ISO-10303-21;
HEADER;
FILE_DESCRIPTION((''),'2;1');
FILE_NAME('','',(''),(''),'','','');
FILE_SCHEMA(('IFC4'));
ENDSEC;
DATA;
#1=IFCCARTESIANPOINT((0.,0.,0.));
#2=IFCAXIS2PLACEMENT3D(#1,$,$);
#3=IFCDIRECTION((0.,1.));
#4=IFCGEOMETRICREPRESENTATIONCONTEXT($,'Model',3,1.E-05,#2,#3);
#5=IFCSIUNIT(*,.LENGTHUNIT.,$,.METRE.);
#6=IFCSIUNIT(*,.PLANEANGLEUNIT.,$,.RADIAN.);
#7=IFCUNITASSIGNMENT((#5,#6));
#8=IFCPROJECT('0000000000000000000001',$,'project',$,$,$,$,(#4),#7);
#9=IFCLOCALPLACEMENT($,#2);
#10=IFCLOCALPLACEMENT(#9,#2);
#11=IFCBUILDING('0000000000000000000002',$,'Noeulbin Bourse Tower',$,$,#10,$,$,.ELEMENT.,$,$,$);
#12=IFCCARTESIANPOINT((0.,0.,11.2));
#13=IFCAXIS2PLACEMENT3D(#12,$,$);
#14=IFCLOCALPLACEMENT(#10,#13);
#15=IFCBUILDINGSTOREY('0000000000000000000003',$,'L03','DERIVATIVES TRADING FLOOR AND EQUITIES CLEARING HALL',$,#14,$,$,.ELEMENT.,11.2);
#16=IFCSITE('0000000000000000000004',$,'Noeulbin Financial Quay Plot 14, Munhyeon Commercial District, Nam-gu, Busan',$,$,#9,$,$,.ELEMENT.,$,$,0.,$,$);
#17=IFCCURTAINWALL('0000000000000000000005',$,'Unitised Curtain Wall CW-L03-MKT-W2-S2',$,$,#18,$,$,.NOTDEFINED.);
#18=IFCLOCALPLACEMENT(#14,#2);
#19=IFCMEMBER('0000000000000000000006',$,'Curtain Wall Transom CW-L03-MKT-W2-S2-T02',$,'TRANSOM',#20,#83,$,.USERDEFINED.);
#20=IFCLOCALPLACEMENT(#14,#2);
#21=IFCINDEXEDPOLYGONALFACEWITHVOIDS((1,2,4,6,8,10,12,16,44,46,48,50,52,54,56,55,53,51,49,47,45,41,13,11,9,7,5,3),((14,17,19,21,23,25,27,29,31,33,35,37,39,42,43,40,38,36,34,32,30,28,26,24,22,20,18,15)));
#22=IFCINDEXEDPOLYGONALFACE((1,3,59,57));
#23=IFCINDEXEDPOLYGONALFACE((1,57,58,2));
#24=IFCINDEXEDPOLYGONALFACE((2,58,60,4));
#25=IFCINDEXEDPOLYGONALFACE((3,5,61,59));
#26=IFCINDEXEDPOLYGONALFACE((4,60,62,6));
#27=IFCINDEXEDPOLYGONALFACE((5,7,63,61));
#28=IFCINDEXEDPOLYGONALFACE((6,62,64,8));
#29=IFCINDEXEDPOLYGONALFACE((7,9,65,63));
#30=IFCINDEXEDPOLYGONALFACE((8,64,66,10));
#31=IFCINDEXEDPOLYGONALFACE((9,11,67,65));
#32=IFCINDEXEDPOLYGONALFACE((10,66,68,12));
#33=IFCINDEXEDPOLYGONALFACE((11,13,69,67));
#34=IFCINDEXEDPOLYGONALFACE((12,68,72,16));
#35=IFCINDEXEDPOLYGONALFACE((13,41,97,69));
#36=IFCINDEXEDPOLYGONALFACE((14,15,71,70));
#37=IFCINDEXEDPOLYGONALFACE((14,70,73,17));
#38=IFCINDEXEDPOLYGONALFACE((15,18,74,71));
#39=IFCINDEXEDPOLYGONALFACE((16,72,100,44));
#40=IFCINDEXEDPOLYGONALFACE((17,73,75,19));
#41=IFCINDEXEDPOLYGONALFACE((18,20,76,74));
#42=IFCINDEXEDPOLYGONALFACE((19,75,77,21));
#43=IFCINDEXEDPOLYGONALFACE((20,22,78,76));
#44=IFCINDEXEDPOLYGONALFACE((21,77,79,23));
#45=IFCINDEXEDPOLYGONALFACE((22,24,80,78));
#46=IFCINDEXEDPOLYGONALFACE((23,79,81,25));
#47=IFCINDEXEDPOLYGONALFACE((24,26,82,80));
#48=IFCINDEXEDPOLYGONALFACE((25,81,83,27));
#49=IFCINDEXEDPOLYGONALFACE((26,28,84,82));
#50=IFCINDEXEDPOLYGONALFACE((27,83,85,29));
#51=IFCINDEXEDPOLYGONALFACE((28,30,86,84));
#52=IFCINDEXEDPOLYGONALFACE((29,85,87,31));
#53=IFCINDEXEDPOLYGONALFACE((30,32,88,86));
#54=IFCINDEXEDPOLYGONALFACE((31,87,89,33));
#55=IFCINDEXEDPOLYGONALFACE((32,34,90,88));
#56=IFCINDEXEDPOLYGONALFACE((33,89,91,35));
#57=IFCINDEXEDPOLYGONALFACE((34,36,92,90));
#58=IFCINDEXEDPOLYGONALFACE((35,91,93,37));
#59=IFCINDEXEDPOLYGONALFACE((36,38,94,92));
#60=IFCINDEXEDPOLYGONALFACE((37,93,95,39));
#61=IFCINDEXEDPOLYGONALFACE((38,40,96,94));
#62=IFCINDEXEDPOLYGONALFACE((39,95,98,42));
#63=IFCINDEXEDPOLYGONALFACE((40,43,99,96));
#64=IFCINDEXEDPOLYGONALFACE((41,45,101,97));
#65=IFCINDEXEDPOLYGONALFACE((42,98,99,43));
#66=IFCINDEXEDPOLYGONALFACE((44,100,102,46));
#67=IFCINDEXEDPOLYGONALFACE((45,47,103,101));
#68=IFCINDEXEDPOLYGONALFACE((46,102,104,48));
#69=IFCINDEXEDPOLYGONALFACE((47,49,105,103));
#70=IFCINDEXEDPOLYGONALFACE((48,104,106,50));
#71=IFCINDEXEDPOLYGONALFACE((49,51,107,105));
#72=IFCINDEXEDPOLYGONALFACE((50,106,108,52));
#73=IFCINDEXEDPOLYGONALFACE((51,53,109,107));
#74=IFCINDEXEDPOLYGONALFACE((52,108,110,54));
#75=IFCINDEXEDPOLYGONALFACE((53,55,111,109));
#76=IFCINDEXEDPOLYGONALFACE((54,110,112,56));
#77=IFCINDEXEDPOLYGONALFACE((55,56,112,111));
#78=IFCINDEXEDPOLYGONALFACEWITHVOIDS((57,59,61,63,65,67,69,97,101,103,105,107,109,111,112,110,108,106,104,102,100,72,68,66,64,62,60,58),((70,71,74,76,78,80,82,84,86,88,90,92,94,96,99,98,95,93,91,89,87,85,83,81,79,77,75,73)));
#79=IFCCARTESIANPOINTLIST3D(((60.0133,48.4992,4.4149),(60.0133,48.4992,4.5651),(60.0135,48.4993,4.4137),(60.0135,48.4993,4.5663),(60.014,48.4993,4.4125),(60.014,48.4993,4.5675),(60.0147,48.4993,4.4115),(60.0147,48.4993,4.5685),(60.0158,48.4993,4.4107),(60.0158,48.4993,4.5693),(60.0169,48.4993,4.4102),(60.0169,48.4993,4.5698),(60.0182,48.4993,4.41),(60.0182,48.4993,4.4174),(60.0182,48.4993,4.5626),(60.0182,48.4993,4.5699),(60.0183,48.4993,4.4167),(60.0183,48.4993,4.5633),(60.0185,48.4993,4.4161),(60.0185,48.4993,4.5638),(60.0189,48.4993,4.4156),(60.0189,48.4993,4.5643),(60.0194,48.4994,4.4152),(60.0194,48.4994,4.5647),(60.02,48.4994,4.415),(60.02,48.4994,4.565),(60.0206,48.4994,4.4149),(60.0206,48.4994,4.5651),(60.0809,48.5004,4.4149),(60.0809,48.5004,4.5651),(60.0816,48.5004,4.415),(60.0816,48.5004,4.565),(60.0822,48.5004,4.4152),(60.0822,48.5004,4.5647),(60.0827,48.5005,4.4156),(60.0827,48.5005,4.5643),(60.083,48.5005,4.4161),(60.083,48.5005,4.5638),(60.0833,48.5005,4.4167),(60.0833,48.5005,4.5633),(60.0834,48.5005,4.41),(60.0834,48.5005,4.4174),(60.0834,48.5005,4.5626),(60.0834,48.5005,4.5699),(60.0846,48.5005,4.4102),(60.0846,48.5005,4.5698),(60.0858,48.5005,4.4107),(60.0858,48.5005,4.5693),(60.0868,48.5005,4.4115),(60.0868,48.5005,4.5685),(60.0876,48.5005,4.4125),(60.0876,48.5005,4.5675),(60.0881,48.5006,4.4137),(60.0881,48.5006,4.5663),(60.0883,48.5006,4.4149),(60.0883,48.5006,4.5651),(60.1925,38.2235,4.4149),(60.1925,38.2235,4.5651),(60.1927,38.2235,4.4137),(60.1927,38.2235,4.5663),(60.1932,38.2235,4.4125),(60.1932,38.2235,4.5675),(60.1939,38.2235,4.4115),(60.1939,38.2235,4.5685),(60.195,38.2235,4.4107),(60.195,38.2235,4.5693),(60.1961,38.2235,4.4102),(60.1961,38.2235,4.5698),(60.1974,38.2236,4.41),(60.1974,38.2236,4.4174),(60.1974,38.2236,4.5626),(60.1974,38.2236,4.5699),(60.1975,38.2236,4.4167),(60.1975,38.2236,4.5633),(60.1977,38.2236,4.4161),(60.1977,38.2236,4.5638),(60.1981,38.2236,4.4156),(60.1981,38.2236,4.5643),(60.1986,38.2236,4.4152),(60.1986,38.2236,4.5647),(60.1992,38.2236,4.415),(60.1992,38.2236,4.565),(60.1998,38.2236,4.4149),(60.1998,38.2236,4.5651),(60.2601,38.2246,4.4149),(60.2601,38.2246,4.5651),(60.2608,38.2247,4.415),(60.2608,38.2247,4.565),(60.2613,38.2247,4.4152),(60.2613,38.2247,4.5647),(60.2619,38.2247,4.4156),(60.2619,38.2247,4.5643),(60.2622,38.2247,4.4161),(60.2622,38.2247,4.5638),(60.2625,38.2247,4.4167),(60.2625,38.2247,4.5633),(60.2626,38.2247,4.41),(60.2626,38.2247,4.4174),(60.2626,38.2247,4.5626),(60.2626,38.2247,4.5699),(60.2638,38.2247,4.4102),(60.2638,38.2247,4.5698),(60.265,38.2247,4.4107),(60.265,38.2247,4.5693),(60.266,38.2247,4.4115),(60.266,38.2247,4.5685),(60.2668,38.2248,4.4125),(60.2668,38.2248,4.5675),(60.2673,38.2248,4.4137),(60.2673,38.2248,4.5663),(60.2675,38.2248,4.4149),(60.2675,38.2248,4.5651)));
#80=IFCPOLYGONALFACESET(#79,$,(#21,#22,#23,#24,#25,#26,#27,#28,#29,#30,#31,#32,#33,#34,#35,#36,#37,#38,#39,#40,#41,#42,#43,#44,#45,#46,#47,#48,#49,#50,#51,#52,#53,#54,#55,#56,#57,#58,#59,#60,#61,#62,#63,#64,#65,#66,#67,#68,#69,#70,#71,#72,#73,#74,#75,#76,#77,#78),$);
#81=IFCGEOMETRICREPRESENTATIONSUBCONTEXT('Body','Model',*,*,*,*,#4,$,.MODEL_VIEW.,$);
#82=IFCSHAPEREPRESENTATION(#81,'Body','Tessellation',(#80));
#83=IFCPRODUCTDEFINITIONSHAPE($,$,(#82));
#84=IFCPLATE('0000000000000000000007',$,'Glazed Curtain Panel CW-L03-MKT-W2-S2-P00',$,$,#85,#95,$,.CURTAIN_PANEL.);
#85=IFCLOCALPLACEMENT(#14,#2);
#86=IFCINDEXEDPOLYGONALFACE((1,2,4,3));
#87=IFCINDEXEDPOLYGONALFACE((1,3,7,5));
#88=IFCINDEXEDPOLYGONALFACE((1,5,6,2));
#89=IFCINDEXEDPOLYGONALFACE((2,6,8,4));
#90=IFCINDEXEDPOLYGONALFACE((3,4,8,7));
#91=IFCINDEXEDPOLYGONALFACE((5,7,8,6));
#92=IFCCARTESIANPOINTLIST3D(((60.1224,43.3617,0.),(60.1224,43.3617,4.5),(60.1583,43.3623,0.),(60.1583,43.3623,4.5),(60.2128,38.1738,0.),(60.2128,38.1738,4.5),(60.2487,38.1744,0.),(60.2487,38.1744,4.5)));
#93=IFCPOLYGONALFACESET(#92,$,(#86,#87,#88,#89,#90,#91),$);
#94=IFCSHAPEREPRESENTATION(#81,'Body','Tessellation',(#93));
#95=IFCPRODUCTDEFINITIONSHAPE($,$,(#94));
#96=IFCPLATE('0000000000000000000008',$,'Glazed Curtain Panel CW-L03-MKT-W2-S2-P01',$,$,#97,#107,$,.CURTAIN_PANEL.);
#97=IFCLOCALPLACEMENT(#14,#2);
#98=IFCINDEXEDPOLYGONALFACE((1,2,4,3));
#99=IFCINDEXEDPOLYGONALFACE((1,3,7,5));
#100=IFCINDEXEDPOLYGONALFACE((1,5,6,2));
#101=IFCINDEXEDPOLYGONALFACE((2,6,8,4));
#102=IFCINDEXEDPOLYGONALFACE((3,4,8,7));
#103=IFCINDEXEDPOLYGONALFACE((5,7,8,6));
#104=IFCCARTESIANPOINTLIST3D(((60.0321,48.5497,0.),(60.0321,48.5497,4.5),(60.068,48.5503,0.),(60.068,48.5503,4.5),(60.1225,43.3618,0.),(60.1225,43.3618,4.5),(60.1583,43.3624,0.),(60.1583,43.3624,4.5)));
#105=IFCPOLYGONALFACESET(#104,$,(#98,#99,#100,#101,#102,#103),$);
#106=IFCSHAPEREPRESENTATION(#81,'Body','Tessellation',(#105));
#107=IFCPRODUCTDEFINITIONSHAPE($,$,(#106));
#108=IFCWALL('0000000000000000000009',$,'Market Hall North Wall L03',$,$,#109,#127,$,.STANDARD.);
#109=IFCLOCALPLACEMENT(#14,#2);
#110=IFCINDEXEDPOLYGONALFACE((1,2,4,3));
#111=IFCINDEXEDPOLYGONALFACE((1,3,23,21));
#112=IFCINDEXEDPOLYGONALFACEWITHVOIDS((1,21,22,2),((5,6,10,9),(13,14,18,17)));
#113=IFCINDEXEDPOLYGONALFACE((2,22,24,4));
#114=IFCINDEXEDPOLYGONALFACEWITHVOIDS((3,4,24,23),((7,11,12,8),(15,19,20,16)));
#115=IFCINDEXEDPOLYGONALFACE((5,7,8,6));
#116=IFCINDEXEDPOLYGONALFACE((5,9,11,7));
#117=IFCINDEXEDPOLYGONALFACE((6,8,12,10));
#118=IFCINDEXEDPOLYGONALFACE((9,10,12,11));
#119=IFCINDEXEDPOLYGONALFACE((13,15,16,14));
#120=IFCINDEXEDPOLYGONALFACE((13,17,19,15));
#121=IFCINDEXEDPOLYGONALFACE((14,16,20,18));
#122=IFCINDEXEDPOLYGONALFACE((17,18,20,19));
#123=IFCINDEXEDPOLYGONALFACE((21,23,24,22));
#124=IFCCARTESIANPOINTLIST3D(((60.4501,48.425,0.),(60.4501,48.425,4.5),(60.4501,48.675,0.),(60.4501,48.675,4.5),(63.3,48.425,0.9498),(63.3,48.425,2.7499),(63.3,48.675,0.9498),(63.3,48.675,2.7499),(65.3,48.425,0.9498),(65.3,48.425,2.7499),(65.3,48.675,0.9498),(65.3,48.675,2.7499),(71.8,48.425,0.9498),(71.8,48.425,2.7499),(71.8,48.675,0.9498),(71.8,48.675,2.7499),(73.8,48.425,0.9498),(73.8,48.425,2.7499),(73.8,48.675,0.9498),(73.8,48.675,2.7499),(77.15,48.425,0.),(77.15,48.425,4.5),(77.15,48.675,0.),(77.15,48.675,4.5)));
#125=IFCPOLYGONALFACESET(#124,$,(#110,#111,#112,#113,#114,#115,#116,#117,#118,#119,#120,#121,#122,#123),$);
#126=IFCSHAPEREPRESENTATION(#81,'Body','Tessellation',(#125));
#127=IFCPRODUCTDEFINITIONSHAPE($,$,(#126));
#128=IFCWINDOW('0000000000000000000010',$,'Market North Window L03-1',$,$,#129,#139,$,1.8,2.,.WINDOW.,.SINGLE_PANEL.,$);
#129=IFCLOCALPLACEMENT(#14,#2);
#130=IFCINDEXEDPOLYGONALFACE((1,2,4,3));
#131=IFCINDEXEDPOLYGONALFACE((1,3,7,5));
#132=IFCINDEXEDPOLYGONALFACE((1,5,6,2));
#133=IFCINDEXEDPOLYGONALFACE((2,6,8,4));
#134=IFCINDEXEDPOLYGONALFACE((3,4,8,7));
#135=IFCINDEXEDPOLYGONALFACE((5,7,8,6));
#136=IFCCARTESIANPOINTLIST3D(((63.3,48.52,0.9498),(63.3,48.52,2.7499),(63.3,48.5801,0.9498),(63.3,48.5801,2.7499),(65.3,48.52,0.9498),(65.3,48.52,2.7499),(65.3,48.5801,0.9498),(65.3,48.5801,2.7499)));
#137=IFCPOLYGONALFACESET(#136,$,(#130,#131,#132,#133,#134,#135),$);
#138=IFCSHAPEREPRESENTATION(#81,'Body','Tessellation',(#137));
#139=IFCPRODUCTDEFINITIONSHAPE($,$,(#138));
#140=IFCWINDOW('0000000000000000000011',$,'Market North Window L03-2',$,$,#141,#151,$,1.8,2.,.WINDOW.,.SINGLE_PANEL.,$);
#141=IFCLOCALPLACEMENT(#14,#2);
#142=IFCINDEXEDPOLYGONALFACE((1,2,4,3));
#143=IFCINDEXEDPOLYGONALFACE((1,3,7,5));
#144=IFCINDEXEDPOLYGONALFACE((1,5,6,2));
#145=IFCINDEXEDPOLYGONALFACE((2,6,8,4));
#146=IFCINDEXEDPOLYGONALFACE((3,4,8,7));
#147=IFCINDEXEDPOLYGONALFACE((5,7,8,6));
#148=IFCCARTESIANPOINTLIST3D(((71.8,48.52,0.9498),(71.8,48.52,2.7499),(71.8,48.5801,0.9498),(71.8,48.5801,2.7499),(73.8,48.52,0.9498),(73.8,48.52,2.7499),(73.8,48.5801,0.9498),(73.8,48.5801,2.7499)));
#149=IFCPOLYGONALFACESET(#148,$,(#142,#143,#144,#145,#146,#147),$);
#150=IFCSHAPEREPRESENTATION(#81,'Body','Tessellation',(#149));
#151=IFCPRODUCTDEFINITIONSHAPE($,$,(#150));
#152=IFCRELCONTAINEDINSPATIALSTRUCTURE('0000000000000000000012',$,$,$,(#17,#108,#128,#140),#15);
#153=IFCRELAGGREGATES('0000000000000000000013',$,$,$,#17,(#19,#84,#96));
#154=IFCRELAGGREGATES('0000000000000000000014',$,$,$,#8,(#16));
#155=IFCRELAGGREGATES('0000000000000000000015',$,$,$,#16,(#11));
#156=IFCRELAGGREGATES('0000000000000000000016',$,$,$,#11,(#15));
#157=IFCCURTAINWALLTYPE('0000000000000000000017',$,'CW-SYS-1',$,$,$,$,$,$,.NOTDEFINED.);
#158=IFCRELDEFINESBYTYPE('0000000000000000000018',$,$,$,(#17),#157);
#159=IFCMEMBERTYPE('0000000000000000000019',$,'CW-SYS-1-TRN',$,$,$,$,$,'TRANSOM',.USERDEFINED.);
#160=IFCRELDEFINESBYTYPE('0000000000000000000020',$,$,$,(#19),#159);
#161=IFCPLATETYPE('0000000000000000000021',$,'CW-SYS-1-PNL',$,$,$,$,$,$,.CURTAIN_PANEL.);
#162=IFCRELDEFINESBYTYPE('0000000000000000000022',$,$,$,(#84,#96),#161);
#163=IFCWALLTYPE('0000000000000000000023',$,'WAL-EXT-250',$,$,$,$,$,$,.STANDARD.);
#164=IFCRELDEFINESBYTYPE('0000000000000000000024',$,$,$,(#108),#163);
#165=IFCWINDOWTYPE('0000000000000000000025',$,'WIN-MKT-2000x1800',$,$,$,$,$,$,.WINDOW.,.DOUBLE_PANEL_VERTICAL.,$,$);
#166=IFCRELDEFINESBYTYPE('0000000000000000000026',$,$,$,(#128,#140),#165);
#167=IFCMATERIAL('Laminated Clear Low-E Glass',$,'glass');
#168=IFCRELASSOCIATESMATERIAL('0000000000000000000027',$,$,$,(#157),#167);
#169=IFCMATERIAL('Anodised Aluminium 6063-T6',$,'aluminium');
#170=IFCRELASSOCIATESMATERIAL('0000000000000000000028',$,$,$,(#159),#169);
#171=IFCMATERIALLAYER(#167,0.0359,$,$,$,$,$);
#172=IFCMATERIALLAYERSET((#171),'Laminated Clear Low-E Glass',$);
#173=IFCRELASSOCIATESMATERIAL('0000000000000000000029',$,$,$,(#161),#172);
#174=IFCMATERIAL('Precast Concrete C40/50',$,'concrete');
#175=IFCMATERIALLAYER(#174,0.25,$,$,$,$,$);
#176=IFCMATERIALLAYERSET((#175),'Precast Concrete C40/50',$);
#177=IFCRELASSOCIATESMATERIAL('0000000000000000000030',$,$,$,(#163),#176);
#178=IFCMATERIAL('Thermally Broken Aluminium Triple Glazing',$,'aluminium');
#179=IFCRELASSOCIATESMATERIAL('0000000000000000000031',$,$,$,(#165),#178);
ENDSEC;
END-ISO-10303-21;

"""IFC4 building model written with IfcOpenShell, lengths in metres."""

from ifc_helpers import new_model, si_unit, direction, frame, frame_2d, origin, origin_2d, place, context, subcontext, project, spatial, rectangle, hollow_rectangle, extrude, material, layer, layer_set, material_profile, profile_set, type_object, element, fill, aggregate, save


model = new_model("IFC4")

# Units and contexts
model_context = context("Model", 3, precision=1e-05, world=origin(), true_north=direction((0.0, 1.0)))
body_context = subcontext(model_context, "Body", "Model", "MODEL_VIEW")
ifc_project = project(units=[si_unit("LENGTHUNIT", "METRE"), si_unit("PLANEANGLEUNIT", "RADIAN")], contexts=[model_context])

# Site, building, storey
site_placement = place(None, origin())
site = spatial("IfcSite", under=ifc_project, at=site_placement, Name="Noeulbin Financial Quay Plot 14, Munhyeon Commercial District, Nam-gu, Busan", CompositionType="ELEMENT", RefElevation=0.0)
building_placement = place(site_placement, origin())
building = spatial("IfcBuilding", under=site, at=building_placement, Name="Noeulbin Bourse Tower", CompositionType="ELEMENT")
storey_placement = place(building_placement, frame((0.0, 0.0, 11.2)))
storey = spatial("IfcBuildingStorey", under=building, at=storey_placement, Name="L03", Description="DERIVATIVES TRADING FLOOR AND EQUITIES CLEARING HALL", CompositionType="ELEMENT", Elevation=11.2)

# Shared definitions
ifc_material_1 = material(Name="Laminated Clear Low-E Glass", Category="glass")
curtain_wall_type = type_object("IfcCurtainWallType", Name="CW-SYS-1", PredefinedType="NOTDEFINED", material=ifc_material_1)
ifc_material_2 = material(Name="Anodised Aluminium 6063-T6", Category="aluminium")

# Curtain wall, member, plates
curtain_wall_1_placement = place(storey_placement, origin())
curtain_wall_1 = element("IfcCurtainWall", 1, at=curtain_wall_1_placement, inside=storey, type_object=curtain_wall_type, Name="Unitised Curtain Wall CW-L03-MKT-W2-S2", PredefinedType="NOTDEFINED")
ifc_material_profile_1 = material_profile(ifc_material_2, hollow_rectangle(XDim=0.075, YDim=0.1599, WallThickness=0.0049, InnerFilletRadius=0.0024, OuterFilletRadius=0.0049, at=origin_2d()), Name="ALU-TRAN-75x160x5", Category="LoadBearing")
ifc_profile_set_1 = profile_set([ifc_material_profile_1], Name="Anodised Aluminium 6063-T6")
member_type_1 = type_object("IfcMemberType", Name="CW-SYS-1-TRN", ElementType="TRANSOM", PredefinedType="USERDEFINED", material=ifc_profile_set_1)
member_1_placement = place(storey_placement, frame((60.23, 38.2241, 4.49), z_axis=(-0.017436, 0.999848, 0.0), x_axis=(-0.999848, -0.017436, 0.0)))
member_1 = element("IfcMember", 2, at=member_1_placement, type_object=member_type_1, Name="Curtain Wall Transom CW-L03-MKT-W2-S2-T02", ObjectType="TRANSOM", PredefinedType="USERDEFINED", context=body_context, shape_type="SweptSolid", body=[
    extrude(hollow_rectangle(XDim=0.075, YDim=0.1599, WallThickness=0.0049, InnerFilletRadius=0.0024, OuterFilletRadius=0.0049, at=origin_2d()), origin(), (0.0, 0.0, 1.0), 10.2773),
])
ifc_layer_1 = layer(ifc_material_1, 0.0359)
ifc_layer_set_1 = layer_set([ifc_layer_1], Name="Laminated Clear Low-E Glass")
plate_type = type_object("IfcPlateType", Name="CW-SYS-1-PNL", PredefinedType="CURTAIN_PANEL", material=ifc_layer_set_1)
plate_1_placement = place(storey_placement, frame((60.1855, 40.7681, 0.0), z_axis=(0.0, 0.0, 1.0), x_axis=(-0.017418, 0.999848, 0.0)))
plate_1 = element("IfcPlate", 3, at=plate_1_placement, type_object=plate_type, Name="Glazed Curtain Panel CW-L03-MKT-W2-S2-P00", PredefinedType="CURTAIN_PANEL", context=body_context, shape_type="SweptSolid", body=[
    extrude(rectangle(XDim=5.1887, YDim=0.0359, at=origin_2d()), origin(), (0.0, 0.0, 1.0), 4.5),
])
plate_2_placement = place(storey_placement, frame((60.0952, 45.9561, 0.0), z_axis=(0.0, 0.0, 1.0), x_axis=(-0.017418, 0.999848, 0.0)))
plate_2 = element("IfcPlate", 4, at=plate_2_placement, type_object=plate_type, Name="Glazed Curtain Panel CW-L03-MKT-W2-S2-P01", PredefinedType="CURTAIN_PANEL", context=body_context, shape_type="SweptSolid", body=[
    extrude(rectangle(XDim=5.1887, YDim=0.0359, at=origin_2d()), origin(), (0.0, 0.0, 1.0), 4.5),
])
aggregate(curtain_wall_1, [member_1, plate_1, plate_2])

# Wall, openings, windows
ifc_material_3 = material(Name="Precast Concrete C40/50", Category="concrete")
ifc_layer_2 = layer(ifc_material_3, 0.25)
ifc_layer_set_2 = layer_set([ifc_layer_2], Name="Precast Concrete C40/50")
wall_type = type_object("IfcWallType", Name="WAL-EXT-250", PredefinedType="STANDARD", material=ifc_layer_set_2)
wall_placement = place(storey_placement, frame((60.45, 48.55, 0.0), z_axis=(0.0, 0.0, 1.0), x_axis=(1.0, 0.0, 0.0)))
wall = element("IfcWall", 5, at=wall_placement, inside=storey, type_object=wall_type, Name="Market Hall North Wall L03", PredefinedType="STANDARD", context=body_context, shape_type="SweptSolid", body=[
    extrude(rectangle(XDim=16.7, YDim=0.25, at=frame_2d((8.3501, 0.0))), origin(), (0.0, 0.0, 1.0), 4.5),
])
opening_1_placement = place(wall_placement, frame((2.8501, 0.0, 0.95)))
opening_1 = element("IfcOpeningElement", 6, at=opening_1_placement, cuts=wall, PredefinedType="OPENING", context=body_context, shape_type="SweptSolid", body=[
    extrude(rectangle(XDim=2.0, YDim=1.8, at=frame_2d((1.0, 0.8999))), frame((0.0, 0.135, 0.0), z_axis=(0.0, -1.0, 0.0), x_axis=(1.0, 0.0, 0.0)), (0.0, 0.0, 1.0), 0.27),
])
opening_2_placement = place(wall_placement, frame((11.3501, 0.0, 0.95)))
opening_2 = element("IfcOpeningElement", 7, at=opening_2_placement, cuts=wall, PredefinedType="OPENING", context=body_context, shape_type="SweptSolid", body=[
    extrude(rectangle(XDim=2.0, YDim=1.8, at=frame_2d((1.0, 0.8999))), frame((0.0, 0.135, 0.0), z_axis=(0.0, -1.0, 0.0), x_axis=(1.0, 0.0, 0.0)), (0.0, 0.0, 1.0), 0.27),
])
ifc_material_4 = material(Name="Thermally Broken Aluminium Triple Glazing", Category="aluminium")
window_type = type_object("IfcWindowType", Name="WIN-MKT-2000x1800", PartitioningType="DOUBLE_PANEL_VERTICAL", PredefinedType="WINDOW", material=ifc_material_4)
window_1_placement = place(opening_1_placement, origin())
window_1 = element("IfcWindow", 8, at=window_1_placement, inside=storey, type_object=window_type, Name="Market North Window L03-1", OverallHeight=1.8, OverallWidth=2.0, PartitioningType="SINGLE_PANEL", PredefinedType="WINDOW", context=body_context, shape_type="SweptSolid", body=[
    extrude(rectangle(XDim=2.0, YDim=1.8, at=frame_2d((1.0, 0.8999))), frame((0.0, 0.03, 0.0), z_axis=(0.0, -1.0, 0.0), x_axis=(1.0, 0.0, 0.0)), (0.0, 0.0, 1.0), 0.0601),
])
fill(opening_1, window_1)
window_2_placement = place(opening_2_placement, origin())
window_2 = element("IfcWindow", 9, at=window_2_placement, inside=storey, type_object=window_type, Name="Market North Window L03-2", OverallHeight=1.8, OverallWidth=2.0, PartitioningType="SINGLE_PANEL", PredefinedType="WINDOW", context=body_context, shape_type="SweptSolid", body=[
    extrude(rectangle(XDim=2.0, YDim=1.8, at=frame_2d((1.0, 0.8999))), frame((0.0, 0.03, 0.0), z_axis=(0.0, -1.0, 0.0), x_axis=(1.0, 0.0, 0.0)), (0.0, 0.0, 1.0), 0.0601),
])
fill(opening_2, window_2)

save(model, "model.ifc")
